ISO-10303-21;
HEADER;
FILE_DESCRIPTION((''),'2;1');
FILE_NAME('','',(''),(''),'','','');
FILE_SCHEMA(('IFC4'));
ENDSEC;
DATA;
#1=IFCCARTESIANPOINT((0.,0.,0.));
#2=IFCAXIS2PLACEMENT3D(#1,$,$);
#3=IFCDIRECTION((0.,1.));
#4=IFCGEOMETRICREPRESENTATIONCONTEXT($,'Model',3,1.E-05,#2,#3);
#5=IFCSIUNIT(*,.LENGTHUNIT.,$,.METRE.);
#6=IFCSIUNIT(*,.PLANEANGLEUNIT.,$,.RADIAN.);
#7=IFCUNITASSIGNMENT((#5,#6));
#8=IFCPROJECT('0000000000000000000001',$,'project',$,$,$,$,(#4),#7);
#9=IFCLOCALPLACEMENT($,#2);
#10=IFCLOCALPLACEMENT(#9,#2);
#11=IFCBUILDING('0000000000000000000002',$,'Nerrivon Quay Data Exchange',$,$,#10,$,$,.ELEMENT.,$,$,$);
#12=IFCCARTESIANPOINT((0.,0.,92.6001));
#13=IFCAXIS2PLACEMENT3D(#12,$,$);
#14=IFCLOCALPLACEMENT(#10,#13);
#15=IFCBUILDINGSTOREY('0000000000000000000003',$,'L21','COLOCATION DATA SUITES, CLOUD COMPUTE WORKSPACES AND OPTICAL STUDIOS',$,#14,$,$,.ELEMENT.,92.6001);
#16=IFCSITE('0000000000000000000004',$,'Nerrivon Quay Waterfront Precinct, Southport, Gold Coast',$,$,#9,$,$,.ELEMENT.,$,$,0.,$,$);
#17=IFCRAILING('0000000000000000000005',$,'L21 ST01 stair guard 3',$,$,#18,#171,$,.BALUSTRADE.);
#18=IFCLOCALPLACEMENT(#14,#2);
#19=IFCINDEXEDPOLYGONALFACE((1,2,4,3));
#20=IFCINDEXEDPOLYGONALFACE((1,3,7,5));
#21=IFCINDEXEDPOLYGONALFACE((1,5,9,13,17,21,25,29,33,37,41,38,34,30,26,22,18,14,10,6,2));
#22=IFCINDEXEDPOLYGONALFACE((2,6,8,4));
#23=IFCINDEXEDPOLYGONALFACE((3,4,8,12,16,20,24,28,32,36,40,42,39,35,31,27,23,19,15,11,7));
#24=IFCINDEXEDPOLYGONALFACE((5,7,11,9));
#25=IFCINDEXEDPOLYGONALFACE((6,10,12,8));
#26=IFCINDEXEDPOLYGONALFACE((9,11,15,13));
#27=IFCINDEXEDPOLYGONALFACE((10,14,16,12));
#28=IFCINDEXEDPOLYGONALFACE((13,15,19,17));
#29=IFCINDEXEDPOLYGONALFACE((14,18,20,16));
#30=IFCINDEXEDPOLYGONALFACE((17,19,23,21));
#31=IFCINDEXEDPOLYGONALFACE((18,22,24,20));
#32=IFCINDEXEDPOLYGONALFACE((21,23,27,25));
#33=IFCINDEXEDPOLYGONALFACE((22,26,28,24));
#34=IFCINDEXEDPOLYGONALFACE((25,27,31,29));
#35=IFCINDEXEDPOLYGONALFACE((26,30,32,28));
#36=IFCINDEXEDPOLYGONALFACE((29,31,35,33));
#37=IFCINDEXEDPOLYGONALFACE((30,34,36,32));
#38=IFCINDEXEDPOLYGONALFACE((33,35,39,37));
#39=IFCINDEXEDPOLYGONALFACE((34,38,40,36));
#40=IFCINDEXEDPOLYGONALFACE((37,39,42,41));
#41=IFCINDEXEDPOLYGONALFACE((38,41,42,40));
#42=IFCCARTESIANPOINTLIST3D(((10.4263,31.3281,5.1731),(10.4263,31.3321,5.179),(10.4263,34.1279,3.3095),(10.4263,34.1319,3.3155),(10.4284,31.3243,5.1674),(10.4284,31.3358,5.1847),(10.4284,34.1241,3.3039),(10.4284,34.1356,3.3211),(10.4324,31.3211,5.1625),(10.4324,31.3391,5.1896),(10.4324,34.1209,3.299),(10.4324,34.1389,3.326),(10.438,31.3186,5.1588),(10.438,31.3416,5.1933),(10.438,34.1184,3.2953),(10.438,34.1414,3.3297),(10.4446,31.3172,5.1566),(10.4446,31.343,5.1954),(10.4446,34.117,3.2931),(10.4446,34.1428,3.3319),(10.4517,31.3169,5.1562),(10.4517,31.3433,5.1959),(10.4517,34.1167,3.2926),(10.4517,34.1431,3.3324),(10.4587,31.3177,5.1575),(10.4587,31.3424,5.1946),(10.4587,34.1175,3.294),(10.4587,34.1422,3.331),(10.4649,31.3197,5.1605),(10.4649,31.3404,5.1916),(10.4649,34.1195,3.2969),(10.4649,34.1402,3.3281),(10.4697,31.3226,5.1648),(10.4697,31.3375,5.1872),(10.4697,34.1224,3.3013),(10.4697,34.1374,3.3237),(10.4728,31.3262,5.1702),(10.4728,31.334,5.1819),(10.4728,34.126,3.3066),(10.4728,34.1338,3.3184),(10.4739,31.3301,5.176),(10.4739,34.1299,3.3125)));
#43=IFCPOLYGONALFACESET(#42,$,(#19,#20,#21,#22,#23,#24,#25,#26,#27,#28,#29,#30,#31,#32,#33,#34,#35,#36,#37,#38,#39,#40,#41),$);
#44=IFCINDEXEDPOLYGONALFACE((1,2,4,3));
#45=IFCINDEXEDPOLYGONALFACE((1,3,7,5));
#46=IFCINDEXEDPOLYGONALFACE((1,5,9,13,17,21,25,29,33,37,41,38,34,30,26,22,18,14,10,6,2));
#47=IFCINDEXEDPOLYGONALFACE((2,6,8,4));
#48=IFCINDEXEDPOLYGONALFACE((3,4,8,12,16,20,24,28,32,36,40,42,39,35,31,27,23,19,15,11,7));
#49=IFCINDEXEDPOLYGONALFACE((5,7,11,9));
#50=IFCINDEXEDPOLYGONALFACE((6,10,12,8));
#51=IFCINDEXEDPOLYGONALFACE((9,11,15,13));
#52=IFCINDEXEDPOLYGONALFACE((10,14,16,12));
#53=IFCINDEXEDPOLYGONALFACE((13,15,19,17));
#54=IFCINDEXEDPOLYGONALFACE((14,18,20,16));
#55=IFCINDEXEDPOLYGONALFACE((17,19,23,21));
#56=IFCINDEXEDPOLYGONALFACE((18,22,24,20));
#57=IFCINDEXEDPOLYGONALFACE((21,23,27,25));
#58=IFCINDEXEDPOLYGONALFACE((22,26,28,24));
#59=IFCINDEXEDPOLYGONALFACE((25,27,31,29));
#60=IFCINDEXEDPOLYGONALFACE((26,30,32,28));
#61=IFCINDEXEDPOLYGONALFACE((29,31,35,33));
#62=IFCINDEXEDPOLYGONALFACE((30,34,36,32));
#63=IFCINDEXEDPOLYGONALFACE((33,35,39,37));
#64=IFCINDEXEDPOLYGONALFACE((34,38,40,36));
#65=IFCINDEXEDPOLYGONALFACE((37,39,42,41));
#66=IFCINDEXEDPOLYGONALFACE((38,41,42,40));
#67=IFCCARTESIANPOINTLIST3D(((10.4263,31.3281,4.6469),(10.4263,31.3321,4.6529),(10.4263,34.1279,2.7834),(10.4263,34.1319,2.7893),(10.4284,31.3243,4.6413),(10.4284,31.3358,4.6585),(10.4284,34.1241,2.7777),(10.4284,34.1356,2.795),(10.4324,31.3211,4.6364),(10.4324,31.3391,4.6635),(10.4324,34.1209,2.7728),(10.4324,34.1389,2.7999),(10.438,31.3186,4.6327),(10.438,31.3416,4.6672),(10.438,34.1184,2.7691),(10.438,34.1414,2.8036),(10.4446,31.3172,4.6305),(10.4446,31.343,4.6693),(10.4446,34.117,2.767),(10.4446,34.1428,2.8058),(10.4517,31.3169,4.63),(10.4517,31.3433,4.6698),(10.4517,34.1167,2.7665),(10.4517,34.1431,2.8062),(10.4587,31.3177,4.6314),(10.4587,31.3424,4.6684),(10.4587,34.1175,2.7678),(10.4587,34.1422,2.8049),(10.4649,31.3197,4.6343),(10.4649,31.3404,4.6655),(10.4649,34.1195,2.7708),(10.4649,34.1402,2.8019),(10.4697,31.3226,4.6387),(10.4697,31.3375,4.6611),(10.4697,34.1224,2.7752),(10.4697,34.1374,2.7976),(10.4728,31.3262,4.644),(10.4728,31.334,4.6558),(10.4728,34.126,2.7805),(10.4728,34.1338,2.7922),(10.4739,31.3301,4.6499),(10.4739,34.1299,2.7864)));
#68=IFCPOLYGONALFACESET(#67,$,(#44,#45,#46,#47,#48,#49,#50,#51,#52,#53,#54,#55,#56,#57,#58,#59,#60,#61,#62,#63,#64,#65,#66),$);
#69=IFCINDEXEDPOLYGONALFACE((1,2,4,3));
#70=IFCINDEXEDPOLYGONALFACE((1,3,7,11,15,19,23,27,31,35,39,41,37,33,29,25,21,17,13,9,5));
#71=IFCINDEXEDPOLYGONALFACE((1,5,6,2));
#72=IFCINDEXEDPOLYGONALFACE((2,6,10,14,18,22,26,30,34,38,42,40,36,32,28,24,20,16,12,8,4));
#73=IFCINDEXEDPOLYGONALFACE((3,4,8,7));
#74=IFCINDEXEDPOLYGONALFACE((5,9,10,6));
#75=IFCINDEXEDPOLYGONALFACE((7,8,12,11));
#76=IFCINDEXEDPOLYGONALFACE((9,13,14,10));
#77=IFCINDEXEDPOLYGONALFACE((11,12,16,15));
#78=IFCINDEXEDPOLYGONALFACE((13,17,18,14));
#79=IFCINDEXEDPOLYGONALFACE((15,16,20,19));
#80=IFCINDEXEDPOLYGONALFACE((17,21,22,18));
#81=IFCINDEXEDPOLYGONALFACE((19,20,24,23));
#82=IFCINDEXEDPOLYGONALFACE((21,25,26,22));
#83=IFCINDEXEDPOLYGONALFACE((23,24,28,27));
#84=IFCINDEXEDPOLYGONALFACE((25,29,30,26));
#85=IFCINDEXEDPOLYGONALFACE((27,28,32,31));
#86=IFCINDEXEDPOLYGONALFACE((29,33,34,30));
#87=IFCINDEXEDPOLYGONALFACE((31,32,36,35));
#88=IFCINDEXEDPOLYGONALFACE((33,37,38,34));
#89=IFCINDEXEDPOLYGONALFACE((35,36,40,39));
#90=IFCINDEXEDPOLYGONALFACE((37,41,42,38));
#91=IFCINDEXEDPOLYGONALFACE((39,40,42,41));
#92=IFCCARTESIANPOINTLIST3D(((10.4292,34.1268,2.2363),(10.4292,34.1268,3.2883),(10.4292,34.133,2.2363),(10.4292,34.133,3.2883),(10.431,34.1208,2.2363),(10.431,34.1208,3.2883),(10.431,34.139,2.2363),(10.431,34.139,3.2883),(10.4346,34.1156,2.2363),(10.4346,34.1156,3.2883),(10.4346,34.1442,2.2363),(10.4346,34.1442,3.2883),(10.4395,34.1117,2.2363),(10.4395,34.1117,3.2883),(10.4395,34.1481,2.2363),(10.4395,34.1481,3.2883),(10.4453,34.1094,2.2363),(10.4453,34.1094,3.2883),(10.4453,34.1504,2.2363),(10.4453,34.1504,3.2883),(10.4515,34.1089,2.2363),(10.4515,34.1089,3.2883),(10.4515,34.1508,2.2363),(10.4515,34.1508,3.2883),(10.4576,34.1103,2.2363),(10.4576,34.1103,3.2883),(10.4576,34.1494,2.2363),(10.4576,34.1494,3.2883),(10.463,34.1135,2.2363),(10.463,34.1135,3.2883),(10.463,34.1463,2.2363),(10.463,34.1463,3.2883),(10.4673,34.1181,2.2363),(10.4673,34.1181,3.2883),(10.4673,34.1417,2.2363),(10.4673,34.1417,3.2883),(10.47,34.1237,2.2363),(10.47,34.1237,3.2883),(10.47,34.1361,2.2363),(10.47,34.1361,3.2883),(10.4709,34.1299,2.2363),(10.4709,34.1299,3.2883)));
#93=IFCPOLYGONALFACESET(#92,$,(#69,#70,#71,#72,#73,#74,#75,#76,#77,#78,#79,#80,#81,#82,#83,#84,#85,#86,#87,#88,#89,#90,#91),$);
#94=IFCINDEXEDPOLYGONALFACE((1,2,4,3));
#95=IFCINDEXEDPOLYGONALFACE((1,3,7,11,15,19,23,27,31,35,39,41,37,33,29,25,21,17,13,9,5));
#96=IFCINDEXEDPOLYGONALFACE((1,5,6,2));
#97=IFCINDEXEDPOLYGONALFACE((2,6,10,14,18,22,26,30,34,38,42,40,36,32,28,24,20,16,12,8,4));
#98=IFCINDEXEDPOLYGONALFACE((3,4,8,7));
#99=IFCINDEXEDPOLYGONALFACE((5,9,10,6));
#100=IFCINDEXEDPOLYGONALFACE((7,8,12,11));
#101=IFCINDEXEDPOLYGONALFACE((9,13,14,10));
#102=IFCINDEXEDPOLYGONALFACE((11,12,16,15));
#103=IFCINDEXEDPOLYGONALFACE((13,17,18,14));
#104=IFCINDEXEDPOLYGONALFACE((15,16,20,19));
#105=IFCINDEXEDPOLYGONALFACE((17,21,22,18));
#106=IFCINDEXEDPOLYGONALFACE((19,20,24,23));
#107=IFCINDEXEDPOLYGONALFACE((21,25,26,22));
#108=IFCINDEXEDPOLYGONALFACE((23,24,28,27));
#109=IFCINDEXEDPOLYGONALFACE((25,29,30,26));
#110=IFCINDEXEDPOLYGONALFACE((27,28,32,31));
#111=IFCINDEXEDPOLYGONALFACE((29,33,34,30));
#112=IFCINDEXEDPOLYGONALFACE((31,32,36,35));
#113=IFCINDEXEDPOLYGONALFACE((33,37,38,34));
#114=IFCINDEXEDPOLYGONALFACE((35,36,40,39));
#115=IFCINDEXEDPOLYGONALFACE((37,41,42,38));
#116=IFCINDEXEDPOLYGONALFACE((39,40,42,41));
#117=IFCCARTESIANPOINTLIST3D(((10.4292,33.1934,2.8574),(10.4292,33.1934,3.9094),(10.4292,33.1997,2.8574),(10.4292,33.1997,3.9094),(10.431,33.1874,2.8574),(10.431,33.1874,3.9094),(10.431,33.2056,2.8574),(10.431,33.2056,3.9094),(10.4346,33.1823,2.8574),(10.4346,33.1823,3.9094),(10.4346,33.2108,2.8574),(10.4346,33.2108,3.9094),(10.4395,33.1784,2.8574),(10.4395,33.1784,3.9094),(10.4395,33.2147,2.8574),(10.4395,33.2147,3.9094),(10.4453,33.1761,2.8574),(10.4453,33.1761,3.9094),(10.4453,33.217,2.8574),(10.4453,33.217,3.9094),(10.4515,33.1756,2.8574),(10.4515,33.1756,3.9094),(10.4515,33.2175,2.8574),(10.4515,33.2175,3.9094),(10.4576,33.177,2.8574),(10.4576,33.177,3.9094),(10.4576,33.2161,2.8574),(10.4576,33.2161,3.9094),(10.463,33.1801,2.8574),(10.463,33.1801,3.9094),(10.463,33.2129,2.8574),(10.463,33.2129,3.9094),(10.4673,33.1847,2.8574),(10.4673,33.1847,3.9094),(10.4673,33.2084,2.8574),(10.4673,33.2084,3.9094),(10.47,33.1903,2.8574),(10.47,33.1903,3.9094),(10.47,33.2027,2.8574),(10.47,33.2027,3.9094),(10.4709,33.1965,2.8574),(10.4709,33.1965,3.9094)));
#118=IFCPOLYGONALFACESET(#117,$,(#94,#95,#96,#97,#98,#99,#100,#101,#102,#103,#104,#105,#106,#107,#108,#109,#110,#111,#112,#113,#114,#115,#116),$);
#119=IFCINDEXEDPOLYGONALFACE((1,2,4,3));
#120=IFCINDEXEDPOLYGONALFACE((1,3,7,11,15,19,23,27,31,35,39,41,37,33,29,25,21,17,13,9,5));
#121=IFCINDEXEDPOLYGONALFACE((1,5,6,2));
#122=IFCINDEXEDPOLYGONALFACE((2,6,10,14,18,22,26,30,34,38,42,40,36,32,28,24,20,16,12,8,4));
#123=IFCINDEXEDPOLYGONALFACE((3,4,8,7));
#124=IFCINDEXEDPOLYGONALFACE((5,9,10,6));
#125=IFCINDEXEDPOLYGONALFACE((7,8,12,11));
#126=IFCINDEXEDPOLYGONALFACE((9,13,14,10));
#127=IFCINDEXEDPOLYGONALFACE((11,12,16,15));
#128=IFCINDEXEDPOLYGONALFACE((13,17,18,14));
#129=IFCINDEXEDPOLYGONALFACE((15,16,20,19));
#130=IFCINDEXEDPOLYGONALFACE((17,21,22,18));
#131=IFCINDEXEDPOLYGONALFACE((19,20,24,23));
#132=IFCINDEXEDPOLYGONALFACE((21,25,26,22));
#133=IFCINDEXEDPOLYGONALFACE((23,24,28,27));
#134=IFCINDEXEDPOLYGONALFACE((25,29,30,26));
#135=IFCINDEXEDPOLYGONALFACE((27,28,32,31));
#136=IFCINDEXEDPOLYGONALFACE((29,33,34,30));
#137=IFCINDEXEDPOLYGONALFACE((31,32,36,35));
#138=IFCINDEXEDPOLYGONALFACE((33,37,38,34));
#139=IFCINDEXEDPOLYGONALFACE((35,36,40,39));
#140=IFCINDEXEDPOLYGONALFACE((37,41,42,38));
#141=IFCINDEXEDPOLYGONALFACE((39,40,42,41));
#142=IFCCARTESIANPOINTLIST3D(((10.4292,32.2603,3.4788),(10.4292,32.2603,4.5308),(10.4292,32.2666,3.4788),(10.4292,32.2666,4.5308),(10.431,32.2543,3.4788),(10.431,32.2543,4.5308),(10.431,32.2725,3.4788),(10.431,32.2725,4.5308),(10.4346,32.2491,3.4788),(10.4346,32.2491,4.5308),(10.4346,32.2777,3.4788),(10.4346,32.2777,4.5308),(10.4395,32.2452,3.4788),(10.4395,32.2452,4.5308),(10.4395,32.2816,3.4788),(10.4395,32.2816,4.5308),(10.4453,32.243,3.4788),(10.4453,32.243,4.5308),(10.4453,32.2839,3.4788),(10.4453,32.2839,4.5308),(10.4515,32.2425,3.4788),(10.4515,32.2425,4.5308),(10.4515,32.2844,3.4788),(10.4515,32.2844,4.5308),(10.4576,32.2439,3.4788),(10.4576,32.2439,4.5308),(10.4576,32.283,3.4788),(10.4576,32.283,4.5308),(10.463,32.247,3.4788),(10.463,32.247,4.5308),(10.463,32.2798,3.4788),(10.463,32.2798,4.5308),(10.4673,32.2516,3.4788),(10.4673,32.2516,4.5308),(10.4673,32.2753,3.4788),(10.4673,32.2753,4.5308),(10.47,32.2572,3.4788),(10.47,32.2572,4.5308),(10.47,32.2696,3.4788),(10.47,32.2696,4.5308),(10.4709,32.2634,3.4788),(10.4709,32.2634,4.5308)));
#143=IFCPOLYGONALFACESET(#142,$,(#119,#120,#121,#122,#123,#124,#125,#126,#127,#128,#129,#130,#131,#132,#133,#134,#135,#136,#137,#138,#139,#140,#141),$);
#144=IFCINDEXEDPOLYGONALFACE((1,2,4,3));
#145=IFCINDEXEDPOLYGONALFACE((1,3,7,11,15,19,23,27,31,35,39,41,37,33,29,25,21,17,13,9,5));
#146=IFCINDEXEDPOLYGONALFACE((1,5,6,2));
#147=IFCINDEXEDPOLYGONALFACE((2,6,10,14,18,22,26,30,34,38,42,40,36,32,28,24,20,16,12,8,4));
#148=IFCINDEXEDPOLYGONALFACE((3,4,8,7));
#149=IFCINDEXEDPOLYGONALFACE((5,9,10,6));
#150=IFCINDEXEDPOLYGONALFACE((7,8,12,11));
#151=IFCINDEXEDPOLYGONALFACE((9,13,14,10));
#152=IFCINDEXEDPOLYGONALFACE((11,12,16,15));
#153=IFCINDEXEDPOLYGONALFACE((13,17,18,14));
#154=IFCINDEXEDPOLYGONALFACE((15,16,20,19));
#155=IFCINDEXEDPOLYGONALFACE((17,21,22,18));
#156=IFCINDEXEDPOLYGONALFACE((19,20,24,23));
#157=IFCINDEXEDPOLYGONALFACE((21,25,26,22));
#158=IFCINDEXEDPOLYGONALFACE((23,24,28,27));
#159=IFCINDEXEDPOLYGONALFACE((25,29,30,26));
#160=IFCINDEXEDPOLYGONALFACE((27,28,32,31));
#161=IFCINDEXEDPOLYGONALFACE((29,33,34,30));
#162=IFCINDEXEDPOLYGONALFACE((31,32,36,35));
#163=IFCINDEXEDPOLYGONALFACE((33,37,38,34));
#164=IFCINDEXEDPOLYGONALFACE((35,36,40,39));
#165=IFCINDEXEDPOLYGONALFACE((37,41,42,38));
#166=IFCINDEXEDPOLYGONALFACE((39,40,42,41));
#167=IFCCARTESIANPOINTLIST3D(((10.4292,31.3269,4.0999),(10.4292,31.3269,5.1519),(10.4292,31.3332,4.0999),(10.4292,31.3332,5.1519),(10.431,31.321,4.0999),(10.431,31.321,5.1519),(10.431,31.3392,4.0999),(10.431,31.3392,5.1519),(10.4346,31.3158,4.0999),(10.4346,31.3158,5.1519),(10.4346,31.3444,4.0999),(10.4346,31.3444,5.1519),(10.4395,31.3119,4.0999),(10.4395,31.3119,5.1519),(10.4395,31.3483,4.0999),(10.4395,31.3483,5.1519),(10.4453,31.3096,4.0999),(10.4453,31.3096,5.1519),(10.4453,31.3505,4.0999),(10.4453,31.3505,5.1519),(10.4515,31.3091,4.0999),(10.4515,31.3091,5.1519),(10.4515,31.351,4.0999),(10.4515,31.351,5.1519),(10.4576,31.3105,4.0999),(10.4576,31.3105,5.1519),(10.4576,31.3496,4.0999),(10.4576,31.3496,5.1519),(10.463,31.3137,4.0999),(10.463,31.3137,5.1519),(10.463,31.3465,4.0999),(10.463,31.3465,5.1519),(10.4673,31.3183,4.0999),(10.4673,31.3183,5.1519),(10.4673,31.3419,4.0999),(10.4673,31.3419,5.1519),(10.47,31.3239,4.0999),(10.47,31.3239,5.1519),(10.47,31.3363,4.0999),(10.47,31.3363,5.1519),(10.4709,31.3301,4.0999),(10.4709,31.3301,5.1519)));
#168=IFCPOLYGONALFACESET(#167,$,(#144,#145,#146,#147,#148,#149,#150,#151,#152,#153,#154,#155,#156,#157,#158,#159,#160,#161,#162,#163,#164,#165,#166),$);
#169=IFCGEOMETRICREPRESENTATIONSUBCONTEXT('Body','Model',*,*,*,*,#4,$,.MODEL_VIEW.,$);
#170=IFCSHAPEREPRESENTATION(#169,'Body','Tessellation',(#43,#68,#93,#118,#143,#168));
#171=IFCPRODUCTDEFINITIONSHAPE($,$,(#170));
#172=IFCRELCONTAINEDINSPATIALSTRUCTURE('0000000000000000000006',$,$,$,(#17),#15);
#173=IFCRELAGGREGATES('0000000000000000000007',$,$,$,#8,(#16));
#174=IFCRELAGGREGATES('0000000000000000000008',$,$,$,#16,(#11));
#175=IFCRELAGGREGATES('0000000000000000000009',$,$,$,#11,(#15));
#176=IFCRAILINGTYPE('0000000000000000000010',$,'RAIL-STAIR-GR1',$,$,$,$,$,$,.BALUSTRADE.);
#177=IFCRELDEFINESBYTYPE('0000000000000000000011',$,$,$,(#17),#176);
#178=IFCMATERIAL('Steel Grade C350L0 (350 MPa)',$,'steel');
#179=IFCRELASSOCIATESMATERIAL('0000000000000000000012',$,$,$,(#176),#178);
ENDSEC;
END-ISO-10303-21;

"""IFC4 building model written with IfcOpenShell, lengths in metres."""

from ifc_helpers import new_model, si_unit, direction, frame, origin, origin_2d, place, context, subcontext, project, spatial, circle, extrude, material, type_object, element, save


model = new_model("IFC4")

# Units and contexts
model_context = context("Model", 3, precision=1e-05, world=origin(), true_north=direction((0.0, 1.0)))
body_context = subcontext(model_context, "Body", "Model", "MODEL_VIEW")
ifc_project = project(units=[si_unit("LENGTHUNIT", "METRE"), si_unit("PLANEANGLEUNIT", "RADIAN")], contexts=[model_context])

# Site, building, storey
site_placement = place(None, origin())
site = spatial("IfcSite", under=ifc_project, at=site_placement, Name="Nerrivon Quay Waterfront Precinct, Southport, Gold Coast", CompositionType="ELEMENT", RefElevation=0.0)
building_placement = place(site_placement, origin())
building = spatial("IfcBuilding", under=site, at=building_placement, Name="Nerrivon Quay Data Exchange", CompositionType="ELEMENT")
storey_placement = place(building_placement, frame((0.0, 0.0, 92.6001)))
storey = spatial("IfcBuildingStorey", under=building, at=storey_placement, Name="L21", Description="COLOCATION DATA SUITES, CLOUD COMPUTE WORKSPACES AND OPTICAL STUDIOS", CompositionType="ELEMENT", Elevation=92.6001)

# Railing
ifc_material_1 = material(Name="Steel Grade C350L0 (350 MPa)", Category="steel")
railing_type_1 = type_object("IfcRailingType", Name="RAIL-STAIR-GR1", PredefinedType="BALUSTRADE", material=ifc_material_1)
railing_1_placement = place(storey_placement, frame((10.45, 34.1299, 2.2363)))
element("IfcRailing", 1, at=railing_1_placement, inside=storey, type_object=railing_type_1, Name="L21 ST01 stair guard 3", PredefinedType="BALUSTRADE", context=body_context, shape_type="SweptSolid", body=[
    extrude(circle(Radius=0.0239, at=origin_2d()), frame((0.0, 0.0, 1.0762), z_axis=(0.0, -0.832463, 0.55408), x_axis=(1.0, 0.0, 0.0)), (0.0, 0.0, 1.0), 3.3633),
    extrude(circle(Radius=0.0239, at=origin_2d()), frame((0.0, 0.0, 0.55), z_axis=(0.0, -0.832463, 0.55408), x_axis=(1.0, 0.0, 0.0)), (0.0, 0.0, 1.0), 3.3633),
    extrude(circle(Radius=0.021, at=origin_2d()), origin(), (0.0, 0.0, 1.0), 1.052),
    extrude(circle(Radius=0.021, at=origin_2d()), frame((0.0, -0.9333, 0.6211)), (0.0, 0.0, 1.0), 1.052),
    extrude(circle(Radius=0.021, at=origin_2d()), frame((0.0, -1.8665, 1.2424)), (0.0, 0.0, 1.0), 1.052),
    extrude(circle(Radius=0.021, at=origin_2d()), frame((0.0, -2.7998, 1.8635)), (0.0, 0.0, 1.0), 1.052),
])

save(model, "model.ifc")
